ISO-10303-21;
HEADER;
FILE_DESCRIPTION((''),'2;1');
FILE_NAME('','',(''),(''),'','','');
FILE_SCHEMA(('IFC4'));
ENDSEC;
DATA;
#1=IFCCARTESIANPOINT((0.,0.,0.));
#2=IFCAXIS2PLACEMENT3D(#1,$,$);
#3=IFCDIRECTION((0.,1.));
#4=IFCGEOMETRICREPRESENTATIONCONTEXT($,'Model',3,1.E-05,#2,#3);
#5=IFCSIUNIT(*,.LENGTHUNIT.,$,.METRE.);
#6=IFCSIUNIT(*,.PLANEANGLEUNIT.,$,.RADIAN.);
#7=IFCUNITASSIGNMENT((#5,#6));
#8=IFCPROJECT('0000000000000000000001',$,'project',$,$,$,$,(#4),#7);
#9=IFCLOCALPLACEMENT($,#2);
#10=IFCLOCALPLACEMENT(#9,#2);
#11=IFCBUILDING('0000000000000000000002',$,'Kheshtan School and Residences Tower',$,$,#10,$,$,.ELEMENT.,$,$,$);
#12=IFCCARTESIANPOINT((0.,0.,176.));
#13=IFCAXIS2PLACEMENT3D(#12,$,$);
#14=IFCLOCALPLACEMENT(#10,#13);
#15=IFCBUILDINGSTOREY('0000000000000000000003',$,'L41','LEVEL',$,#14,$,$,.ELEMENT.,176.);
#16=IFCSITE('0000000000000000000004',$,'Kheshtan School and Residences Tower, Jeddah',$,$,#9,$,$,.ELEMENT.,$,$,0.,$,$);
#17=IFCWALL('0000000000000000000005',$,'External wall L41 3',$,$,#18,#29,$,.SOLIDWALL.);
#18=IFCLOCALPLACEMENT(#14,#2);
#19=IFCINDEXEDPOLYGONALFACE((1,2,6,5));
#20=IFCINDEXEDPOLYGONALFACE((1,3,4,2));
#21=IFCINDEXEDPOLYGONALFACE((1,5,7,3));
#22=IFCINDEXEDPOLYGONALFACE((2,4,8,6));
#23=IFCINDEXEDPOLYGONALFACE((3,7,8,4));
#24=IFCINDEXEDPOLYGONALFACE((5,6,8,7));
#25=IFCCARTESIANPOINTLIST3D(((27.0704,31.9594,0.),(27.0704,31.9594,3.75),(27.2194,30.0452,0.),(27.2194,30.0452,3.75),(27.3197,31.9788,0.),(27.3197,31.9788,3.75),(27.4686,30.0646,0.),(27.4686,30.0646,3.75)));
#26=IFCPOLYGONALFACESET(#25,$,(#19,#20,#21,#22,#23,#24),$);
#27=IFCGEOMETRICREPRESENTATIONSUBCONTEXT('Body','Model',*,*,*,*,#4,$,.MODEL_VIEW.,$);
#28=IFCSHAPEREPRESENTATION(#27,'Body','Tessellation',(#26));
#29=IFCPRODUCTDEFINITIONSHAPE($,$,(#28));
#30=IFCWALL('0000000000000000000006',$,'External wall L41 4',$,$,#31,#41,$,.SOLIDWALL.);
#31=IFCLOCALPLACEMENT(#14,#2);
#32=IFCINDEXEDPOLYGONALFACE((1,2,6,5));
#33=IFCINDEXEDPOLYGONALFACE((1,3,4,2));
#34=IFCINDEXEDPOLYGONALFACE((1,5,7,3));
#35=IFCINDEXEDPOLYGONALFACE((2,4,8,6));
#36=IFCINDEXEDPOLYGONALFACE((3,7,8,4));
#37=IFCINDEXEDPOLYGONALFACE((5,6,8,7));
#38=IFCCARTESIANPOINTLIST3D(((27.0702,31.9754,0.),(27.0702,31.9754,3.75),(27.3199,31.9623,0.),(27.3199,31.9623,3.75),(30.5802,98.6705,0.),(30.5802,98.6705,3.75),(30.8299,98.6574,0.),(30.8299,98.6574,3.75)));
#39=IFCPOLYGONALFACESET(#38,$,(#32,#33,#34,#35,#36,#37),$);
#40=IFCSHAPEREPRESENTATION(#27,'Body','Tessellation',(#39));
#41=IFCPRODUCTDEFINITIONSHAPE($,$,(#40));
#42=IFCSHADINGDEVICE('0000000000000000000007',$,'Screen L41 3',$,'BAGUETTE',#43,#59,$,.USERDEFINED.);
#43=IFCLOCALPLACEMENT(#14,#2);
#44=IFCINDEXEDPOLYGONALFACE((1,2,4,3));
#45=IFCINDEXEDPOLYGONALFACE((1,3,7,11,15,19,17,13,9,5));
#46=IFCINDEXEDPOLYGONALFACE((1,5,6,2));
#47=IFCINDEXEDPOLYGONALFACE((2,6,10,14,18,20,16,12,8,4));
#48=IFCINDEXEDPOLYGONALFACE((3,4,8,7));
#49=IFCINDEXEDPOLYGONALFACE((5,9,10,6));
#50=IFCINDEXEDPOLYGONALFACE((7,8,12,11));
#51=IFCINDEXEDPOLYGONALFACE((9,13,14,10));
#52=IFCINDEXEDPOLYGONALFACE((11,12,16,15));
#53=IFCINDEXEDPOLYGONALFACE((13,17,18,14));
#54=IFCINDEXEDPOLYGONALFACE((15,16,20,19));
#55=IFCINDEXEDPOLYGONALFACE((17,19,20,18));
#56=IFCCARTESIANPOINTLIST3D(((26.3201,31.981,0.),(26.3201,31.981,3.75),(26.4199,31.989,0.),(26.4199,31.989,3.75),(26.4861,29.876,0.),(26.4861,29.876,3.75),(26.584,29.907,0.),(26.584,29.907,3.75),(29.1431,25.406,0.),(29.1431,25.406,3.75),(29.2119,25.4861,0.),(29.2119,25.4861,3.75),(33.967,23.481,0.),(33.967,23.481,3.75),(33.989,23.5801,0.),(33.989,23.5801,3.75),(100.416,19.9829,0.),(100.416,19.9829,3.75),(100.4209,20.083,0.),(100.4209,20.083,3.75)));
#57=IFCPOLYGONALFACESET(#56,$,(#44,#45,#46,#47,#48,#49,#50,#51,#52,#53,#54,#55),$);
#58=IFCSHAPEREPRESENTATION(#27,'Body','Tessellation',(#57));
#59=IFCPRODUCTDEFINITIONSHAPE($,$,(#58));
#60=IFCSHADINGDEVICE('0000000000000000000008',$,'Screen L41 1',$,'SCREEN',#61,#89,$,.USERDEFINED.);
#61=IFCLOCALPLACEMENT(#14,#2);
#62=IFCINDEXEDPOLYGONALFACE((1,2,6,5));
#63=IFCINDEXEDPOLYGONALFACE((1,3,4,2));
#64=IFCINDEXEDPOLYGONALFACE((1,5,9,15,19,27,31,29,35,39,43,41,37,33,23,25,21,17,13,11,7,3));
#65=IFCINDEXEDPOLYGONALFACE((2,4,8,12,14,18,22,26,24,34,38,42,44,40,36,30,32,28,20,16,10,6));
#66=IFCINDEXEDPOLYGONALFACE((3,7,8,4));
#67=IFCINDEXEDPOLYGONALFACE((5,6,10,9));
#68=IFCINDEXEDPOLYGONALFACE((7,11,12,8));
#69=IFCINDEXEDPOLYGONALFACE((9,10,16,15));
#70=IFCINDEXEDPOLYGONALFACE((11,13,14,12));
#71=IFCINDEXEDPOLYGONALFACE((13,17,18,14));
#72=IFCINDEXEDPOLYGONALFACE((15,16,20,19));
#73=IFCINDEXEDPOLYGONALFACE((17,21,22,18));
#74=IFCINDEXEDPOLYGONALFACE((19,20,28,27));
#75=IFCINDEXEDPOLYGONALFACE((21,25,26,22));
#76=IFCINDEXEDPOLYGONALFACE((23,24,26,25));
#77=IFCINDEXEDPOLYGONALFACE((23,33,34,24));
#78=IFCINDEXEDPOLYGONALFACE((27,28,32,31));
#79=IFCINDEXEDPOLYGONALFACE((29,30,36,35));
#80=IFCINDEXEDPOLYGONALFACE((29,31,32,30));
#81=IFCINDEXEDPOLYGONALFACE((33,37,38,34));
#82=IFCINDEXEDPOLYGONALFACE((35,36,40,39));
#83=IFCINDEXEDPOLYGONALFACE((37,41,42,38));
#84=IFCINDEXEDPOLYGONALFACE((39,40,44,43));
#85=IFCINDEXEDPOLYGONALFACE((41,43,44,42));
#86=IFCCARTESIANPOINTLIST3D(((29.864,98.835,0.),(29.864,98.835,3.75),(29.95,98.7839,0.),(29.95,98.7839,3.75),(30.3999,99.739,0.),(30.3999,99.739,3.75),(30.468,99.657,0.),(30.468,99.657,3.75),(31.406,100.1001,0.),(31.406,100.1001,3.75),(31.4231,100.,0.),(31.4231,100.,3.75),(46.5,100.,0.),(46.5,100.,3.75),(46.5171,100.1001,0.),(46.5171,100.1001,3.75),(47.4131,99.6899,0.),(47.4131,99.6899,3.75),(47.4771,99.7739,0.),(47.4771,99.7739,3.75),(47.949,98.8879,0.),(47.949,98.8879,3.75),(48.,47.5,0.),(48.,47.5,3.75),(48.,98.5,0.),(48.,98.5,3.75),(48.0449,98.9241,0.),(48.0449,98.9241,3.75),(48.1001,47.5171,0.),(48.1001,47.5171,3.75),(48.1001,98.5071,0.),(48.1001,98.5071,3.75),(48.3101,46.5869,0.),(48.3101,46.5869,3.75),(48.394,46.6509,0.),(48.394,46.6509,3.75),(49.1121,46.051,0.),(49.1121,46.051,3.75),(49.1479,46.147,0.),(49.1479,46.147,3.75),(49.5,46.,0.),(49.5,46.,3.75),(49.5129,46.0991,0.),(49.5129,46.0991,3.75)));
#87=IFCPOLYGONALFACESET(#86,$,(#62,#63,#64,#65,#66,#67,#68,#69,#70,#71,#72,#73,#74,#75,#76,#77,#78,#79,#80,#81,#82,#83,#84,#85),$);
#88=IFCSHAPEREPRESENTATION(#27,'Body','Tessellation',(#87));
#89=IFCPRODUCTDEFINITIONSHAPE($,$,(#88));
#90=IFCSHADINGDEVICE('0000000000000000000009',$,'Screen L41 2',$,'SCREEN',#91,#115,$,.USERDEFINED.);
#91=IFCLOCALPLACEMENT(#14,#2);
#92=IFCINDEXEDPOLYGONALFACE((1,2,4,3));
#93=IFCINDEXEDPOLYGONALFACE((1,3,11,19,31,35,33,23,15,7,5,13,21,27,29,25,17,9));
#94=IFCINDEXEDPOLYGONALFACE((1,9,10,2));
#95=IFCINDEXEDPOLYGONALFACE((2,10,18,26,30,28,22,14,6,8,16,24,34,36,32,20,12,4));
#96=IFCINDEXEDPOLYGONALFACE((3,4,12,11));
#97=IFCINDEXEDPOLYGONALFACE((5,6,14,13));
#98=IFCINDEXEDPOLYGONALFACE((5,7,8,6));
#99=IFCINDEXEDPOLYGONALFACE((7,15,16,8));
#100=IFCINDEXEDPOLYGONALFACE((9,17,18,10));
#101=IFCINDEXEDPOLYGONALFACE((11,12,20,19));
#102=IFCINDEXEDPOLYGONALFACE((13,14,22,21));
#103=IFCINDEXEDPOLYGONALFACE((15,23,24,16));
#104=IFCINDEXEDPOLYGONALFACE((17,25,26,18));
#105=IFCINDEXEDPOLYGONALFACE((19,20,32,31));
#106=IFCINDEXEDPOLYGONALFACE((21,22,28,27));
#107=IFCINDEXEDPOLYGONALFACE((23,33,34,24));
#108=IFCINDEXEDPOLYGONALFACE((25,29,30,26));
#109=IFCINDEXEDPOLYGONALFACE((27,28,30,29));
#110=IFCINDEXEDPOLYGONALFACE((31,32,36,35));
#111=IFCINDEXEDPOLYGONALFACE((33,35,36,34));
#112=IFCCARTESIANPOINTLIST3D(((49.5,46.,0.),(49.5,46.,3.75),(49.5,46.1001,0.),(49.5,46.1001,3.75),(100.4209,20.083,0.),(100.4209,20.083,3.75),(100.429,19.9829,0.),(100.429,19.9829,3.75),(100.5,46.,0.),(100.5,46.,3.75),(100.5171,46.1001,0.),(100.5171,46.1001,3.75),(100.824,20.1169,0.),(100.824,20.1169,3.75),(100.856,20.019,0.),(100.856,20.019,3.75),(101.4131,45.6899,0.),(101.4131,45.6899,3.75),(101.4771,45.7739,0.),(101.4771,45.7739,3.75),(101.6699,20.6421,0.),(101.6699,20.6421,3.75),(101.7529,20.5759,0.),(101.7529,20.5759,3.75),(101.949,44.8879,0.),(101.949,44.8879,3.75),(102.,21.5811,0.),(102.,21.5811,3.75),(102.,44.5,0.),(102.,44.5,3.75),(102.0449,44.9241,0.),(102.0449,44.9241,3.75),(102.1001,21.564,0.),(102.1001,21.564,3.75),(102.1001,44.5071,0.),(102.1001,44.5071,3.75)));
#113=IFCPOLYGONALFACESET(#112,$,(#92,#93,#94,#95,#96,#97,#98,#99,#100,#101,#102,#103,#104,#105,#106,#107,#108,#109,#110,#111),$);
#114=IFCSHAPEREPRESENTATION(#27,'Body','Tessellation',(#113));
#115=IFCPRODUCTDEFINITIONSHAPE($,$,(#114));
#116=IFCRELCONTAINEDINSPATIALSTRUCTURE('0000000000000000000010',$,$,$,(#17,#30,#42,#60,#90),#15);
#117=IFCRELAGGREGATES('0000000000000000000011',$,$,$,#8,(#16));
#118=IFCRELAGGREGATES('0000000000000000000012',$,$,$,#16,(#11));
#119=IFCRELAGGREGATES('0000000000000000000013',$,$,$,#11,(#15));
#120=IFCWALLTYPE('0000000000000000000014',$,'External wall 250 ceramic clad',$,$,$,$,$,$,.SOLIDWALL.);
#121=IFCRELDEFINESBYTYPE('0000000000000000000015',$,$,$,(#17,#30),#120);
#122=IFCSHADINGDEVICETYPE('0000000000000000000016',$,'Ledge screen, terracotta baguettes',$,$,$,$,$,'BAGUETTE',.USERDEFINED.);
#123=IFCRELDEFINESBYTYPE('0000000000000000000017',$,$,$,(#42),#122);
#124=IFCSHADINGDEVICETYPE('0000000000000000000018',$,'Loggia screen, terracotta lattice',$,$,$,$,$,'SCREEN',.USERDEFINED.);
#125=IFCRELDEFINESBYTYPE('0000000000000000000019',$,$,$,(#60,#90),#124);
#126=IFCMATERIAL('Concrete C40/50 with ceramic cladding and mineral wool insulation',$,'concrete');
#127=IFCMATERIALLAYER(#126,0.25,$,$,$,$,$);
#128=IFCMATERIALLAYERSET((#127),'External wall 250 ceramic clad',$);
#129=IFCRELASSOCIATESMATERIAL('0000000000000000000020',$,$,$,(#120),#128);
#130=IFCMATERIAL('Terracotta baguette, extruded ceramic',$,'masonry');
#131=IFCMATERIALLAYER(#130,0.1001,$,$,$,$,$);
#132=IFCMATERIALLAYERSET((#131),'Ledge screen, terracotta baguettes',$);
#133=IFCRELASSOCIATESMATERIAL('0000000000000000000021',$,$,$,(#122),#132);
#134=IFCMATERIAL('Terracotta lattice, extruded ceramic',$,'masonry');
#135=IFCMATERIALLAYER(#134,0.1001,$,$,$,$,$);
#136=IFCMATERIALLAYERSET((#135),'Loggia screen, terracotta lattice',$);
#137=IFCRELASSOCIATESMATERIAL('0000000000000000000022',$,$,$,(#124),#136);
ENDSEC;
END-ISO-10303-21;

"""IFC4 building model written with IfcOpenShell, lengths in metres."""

from ifc_helpers import new_model, si_unit, direction, frame, frame_2d, origin, place, context, subcontext, project, spatial, polyline, rectangle, outline, extrude, material, layer, layer_set, type_object, element, save


model = new_model("IFC4")

# Units and contexts
model_context = context("Model", 3, precision=1e-05, world=origin(), true_north=direction((0.0, 1.0)))
body_context = subcontext(model_context, "Body", "Model", "MODEL_VIEW")
ifc_project = project(units=[si_unit("LENGTHUNIT", "METRE"), si_unit("PLANEANGLEUNIT", "RADIAN")], contexts=[model_context])

# Site, building, storey
site_placement = place(None, origin())
site = spatial("IfcSite", under=ifc_project, at=site_placement, Name="Kheshtan School and Residences Tower, Jeddah", CompositionType="ELEMENT", RefElevation=0.0)
building_placement = place(site_placement, origin())
building = spatial("IfcBuilding", under=site, at=building_placement, Name="Kheshtan School and Residences Tower", CompositionType="ELEMENT")
storey_placement = place(building_placement, frame((0.0, 0.0, 176.0)))
storey = spatial("IfcBuildingStorey", under=building, at=storey_placement, Name="L41", Description="LEVEL", CompositionType="ELEMENT", Elevation=176.0)

# Walls
ifc_material_1 = material(Name="Concrete C40/50 with ceramic cladding and mineral wool insulation", Category="concrete")
ifc_layer_1 = layer(ifc_material_1, 0.25)
ifc_layer_set_1 = layer_set([ifc_layer_1], Name="External wall 250 ceramic clad")
wall_type_1 = type_object("IfcWallType", Name="External wall 250 ceramic clad", PredefinedType="SOLIDWALL", material=ifc_layer_set_1)
wall_1_placement = place(storey_placement, frame((27.344, 30.0549, 0.0), z_axis=(0.0, 0.0, 1.0), x_axis=(-0.077572, 0.996987, 0.0)))
element("IfcWall", 1, at=wall_1_placement, inside=storey, type_object=wall_type_1, Name="External wall L41 3", PredefinedType="SOLIDWALL", context=body_context, shape_type="SweptSolid", body=[
    extrude(rectangle(XDim=1.9199, YDim=0.25, at=frame_2d((0.96, 0.0))), origin(), (0.0, 0.0, 1.0), 3.75),
])
wall_2_placement = place(storey_placement, frame((27.1951, 31.969, 0.0), z_axis=(0.0, 0.0, 1.0), x_axis=(0.052555, 0.998618, 0.0)))
element("IfcWall", 2, at=wall_2_placement, inside=storey, type_object=wall_type_1, Name="External wall L41 4", PredefinedType="SOLIDWALL", context=body_context, shape_type="SweptSolid", body=[
    extrude(rectangle(XDim=66.7874, YDim=0.25, at=frame_2d((33.3936, 0.0))), origin(), (0.0, 0.0, 1.0), 3.75),
])

# Shading devices
ifc_material_2 = material(Name="Terracotta baguette, extruded ceramic", Category="masonry")
ifc_layer_2 = layer(ifc_material_2, 0.1001)
ifc_layer_set_2 = layer_set([ifc_layer_2], Name="Ledge screen, terracotta baguettes")
shading_device_type_1 = type_object("IfcShadingDeviceType", Name="Ledge screen, terracotta baguettes", ElementType="BAGUETTE", PredefinedType="USERDEFINED", material=ifc_layer_set_2)
shading_device_1_placement = place(storey_placement, origin())
element("IfcShadingDevice", 3, at=shading_device_1_placement, inside=storey, type_object=shading_device_type_1, Name="Screen L41 3", ObjectType="BAGUETTE", PredefinedType="USERDEFINED", context=body_context, shape_type="SweptSolid", body=[
    extrude(outline(polyline([(100.4209, 20.083), (33.989, 23.5801), (29.2119, 25.4861), (26.584, 29.907), (26.4199, 31.989), (26.3201, 31.981), (26.4861, 29.876), (29.1431, 25.406), (33.967, 23.481), (100.416, 19.9829), (100.4209, 20.083)])), origin(), (0.0, 0.0, 1.0), 3.75),
])
ifc_material_3 = material(Name="Terracotta lattice, extruded ceramic", Category="masonry")
ifc_layer_3 = layer(ifc_material_3, 0.1001)
ifc_layer_set_3 = layer_set([ifc_layer_3], Name="Loggia screen, terracotta lattice")
shading_device_type_2 = type_object("IfcShadingDeviceType", Name="Loggia screen, terracotta lattice", ElementType="SCREEN", PredefinedType="USERDEFINED", material=ifc_layer_set_3)
shading_device_2_placement = place(storey_placement, origin())
element("IfcShadingDevice", 4, at=shading_device_2_placement, inside=storey, type_object=shading_device_type_2, Name="Screen L41 1", ObjectType="SCREEN", PredefinedType="USERDEFINED", context=body_context, shape_type="SweptSolid", body=[
    extrude(outline(polyline([(29.95, 98.7839), (30.468, 99.657), (31.4231, 100.0), (46.5, 100.0), (47.4131, 99.6899), (47.949, 98.8879), (48.0, 98.5), (48.0, 47.5), (48.3101, 46.5869), (49.1121, 46.051), (49.5, 46.0), (49.5129, 46.0991), (49.1479, 46.147), (48.394, 46.6509), (48.1001, 47.5171), (48.1001, 98.5071), (48.0449, 98.9241), (47.4771, 99.7739), (46.5171, 100.1001), (31.406, 100.1001), (30.3999, 99.739), (29.864, 98.835), (29.95, 98.7839)])), origin(), (0.0, 0.0, 1.0), 3.75),
])
shading_device_3_placement = place(storey_placement, origin())
element("IfcShadingDevice", 5, at=shading_device_3_placement, inside=storey, type_object=shading_device_type_2, Name="Screen L41 2", ObjectType="SCREEN", PredefinedType="USERDEFINED", context=body_context, shape_type="SweptSolid", body=[
    extrude(outline(polyline([(49.5, 46.0), (100.5, 46.0), (101.4131, 45.6899), (101.949, 44.8879), (102.0, 44.5), (102.0, 21.5811), (101.6699, 20.6421), (100.824, 20.1169), (100.4209, 20.083), (100.429, 19.9829), (100.856, 20.019), (101.7529, 20.5759), (102.1001, 21.564), (102.1001, 44.5071), (102.0449, 44.9241), (101.4771, 45.7739), (100.5171, 46.1001), (49.5, 46.1001), (49.5, 46.0)])), origin(), (0.0, 0.0, 1.0), 3.75),
])

save(model, "model.ifc")
